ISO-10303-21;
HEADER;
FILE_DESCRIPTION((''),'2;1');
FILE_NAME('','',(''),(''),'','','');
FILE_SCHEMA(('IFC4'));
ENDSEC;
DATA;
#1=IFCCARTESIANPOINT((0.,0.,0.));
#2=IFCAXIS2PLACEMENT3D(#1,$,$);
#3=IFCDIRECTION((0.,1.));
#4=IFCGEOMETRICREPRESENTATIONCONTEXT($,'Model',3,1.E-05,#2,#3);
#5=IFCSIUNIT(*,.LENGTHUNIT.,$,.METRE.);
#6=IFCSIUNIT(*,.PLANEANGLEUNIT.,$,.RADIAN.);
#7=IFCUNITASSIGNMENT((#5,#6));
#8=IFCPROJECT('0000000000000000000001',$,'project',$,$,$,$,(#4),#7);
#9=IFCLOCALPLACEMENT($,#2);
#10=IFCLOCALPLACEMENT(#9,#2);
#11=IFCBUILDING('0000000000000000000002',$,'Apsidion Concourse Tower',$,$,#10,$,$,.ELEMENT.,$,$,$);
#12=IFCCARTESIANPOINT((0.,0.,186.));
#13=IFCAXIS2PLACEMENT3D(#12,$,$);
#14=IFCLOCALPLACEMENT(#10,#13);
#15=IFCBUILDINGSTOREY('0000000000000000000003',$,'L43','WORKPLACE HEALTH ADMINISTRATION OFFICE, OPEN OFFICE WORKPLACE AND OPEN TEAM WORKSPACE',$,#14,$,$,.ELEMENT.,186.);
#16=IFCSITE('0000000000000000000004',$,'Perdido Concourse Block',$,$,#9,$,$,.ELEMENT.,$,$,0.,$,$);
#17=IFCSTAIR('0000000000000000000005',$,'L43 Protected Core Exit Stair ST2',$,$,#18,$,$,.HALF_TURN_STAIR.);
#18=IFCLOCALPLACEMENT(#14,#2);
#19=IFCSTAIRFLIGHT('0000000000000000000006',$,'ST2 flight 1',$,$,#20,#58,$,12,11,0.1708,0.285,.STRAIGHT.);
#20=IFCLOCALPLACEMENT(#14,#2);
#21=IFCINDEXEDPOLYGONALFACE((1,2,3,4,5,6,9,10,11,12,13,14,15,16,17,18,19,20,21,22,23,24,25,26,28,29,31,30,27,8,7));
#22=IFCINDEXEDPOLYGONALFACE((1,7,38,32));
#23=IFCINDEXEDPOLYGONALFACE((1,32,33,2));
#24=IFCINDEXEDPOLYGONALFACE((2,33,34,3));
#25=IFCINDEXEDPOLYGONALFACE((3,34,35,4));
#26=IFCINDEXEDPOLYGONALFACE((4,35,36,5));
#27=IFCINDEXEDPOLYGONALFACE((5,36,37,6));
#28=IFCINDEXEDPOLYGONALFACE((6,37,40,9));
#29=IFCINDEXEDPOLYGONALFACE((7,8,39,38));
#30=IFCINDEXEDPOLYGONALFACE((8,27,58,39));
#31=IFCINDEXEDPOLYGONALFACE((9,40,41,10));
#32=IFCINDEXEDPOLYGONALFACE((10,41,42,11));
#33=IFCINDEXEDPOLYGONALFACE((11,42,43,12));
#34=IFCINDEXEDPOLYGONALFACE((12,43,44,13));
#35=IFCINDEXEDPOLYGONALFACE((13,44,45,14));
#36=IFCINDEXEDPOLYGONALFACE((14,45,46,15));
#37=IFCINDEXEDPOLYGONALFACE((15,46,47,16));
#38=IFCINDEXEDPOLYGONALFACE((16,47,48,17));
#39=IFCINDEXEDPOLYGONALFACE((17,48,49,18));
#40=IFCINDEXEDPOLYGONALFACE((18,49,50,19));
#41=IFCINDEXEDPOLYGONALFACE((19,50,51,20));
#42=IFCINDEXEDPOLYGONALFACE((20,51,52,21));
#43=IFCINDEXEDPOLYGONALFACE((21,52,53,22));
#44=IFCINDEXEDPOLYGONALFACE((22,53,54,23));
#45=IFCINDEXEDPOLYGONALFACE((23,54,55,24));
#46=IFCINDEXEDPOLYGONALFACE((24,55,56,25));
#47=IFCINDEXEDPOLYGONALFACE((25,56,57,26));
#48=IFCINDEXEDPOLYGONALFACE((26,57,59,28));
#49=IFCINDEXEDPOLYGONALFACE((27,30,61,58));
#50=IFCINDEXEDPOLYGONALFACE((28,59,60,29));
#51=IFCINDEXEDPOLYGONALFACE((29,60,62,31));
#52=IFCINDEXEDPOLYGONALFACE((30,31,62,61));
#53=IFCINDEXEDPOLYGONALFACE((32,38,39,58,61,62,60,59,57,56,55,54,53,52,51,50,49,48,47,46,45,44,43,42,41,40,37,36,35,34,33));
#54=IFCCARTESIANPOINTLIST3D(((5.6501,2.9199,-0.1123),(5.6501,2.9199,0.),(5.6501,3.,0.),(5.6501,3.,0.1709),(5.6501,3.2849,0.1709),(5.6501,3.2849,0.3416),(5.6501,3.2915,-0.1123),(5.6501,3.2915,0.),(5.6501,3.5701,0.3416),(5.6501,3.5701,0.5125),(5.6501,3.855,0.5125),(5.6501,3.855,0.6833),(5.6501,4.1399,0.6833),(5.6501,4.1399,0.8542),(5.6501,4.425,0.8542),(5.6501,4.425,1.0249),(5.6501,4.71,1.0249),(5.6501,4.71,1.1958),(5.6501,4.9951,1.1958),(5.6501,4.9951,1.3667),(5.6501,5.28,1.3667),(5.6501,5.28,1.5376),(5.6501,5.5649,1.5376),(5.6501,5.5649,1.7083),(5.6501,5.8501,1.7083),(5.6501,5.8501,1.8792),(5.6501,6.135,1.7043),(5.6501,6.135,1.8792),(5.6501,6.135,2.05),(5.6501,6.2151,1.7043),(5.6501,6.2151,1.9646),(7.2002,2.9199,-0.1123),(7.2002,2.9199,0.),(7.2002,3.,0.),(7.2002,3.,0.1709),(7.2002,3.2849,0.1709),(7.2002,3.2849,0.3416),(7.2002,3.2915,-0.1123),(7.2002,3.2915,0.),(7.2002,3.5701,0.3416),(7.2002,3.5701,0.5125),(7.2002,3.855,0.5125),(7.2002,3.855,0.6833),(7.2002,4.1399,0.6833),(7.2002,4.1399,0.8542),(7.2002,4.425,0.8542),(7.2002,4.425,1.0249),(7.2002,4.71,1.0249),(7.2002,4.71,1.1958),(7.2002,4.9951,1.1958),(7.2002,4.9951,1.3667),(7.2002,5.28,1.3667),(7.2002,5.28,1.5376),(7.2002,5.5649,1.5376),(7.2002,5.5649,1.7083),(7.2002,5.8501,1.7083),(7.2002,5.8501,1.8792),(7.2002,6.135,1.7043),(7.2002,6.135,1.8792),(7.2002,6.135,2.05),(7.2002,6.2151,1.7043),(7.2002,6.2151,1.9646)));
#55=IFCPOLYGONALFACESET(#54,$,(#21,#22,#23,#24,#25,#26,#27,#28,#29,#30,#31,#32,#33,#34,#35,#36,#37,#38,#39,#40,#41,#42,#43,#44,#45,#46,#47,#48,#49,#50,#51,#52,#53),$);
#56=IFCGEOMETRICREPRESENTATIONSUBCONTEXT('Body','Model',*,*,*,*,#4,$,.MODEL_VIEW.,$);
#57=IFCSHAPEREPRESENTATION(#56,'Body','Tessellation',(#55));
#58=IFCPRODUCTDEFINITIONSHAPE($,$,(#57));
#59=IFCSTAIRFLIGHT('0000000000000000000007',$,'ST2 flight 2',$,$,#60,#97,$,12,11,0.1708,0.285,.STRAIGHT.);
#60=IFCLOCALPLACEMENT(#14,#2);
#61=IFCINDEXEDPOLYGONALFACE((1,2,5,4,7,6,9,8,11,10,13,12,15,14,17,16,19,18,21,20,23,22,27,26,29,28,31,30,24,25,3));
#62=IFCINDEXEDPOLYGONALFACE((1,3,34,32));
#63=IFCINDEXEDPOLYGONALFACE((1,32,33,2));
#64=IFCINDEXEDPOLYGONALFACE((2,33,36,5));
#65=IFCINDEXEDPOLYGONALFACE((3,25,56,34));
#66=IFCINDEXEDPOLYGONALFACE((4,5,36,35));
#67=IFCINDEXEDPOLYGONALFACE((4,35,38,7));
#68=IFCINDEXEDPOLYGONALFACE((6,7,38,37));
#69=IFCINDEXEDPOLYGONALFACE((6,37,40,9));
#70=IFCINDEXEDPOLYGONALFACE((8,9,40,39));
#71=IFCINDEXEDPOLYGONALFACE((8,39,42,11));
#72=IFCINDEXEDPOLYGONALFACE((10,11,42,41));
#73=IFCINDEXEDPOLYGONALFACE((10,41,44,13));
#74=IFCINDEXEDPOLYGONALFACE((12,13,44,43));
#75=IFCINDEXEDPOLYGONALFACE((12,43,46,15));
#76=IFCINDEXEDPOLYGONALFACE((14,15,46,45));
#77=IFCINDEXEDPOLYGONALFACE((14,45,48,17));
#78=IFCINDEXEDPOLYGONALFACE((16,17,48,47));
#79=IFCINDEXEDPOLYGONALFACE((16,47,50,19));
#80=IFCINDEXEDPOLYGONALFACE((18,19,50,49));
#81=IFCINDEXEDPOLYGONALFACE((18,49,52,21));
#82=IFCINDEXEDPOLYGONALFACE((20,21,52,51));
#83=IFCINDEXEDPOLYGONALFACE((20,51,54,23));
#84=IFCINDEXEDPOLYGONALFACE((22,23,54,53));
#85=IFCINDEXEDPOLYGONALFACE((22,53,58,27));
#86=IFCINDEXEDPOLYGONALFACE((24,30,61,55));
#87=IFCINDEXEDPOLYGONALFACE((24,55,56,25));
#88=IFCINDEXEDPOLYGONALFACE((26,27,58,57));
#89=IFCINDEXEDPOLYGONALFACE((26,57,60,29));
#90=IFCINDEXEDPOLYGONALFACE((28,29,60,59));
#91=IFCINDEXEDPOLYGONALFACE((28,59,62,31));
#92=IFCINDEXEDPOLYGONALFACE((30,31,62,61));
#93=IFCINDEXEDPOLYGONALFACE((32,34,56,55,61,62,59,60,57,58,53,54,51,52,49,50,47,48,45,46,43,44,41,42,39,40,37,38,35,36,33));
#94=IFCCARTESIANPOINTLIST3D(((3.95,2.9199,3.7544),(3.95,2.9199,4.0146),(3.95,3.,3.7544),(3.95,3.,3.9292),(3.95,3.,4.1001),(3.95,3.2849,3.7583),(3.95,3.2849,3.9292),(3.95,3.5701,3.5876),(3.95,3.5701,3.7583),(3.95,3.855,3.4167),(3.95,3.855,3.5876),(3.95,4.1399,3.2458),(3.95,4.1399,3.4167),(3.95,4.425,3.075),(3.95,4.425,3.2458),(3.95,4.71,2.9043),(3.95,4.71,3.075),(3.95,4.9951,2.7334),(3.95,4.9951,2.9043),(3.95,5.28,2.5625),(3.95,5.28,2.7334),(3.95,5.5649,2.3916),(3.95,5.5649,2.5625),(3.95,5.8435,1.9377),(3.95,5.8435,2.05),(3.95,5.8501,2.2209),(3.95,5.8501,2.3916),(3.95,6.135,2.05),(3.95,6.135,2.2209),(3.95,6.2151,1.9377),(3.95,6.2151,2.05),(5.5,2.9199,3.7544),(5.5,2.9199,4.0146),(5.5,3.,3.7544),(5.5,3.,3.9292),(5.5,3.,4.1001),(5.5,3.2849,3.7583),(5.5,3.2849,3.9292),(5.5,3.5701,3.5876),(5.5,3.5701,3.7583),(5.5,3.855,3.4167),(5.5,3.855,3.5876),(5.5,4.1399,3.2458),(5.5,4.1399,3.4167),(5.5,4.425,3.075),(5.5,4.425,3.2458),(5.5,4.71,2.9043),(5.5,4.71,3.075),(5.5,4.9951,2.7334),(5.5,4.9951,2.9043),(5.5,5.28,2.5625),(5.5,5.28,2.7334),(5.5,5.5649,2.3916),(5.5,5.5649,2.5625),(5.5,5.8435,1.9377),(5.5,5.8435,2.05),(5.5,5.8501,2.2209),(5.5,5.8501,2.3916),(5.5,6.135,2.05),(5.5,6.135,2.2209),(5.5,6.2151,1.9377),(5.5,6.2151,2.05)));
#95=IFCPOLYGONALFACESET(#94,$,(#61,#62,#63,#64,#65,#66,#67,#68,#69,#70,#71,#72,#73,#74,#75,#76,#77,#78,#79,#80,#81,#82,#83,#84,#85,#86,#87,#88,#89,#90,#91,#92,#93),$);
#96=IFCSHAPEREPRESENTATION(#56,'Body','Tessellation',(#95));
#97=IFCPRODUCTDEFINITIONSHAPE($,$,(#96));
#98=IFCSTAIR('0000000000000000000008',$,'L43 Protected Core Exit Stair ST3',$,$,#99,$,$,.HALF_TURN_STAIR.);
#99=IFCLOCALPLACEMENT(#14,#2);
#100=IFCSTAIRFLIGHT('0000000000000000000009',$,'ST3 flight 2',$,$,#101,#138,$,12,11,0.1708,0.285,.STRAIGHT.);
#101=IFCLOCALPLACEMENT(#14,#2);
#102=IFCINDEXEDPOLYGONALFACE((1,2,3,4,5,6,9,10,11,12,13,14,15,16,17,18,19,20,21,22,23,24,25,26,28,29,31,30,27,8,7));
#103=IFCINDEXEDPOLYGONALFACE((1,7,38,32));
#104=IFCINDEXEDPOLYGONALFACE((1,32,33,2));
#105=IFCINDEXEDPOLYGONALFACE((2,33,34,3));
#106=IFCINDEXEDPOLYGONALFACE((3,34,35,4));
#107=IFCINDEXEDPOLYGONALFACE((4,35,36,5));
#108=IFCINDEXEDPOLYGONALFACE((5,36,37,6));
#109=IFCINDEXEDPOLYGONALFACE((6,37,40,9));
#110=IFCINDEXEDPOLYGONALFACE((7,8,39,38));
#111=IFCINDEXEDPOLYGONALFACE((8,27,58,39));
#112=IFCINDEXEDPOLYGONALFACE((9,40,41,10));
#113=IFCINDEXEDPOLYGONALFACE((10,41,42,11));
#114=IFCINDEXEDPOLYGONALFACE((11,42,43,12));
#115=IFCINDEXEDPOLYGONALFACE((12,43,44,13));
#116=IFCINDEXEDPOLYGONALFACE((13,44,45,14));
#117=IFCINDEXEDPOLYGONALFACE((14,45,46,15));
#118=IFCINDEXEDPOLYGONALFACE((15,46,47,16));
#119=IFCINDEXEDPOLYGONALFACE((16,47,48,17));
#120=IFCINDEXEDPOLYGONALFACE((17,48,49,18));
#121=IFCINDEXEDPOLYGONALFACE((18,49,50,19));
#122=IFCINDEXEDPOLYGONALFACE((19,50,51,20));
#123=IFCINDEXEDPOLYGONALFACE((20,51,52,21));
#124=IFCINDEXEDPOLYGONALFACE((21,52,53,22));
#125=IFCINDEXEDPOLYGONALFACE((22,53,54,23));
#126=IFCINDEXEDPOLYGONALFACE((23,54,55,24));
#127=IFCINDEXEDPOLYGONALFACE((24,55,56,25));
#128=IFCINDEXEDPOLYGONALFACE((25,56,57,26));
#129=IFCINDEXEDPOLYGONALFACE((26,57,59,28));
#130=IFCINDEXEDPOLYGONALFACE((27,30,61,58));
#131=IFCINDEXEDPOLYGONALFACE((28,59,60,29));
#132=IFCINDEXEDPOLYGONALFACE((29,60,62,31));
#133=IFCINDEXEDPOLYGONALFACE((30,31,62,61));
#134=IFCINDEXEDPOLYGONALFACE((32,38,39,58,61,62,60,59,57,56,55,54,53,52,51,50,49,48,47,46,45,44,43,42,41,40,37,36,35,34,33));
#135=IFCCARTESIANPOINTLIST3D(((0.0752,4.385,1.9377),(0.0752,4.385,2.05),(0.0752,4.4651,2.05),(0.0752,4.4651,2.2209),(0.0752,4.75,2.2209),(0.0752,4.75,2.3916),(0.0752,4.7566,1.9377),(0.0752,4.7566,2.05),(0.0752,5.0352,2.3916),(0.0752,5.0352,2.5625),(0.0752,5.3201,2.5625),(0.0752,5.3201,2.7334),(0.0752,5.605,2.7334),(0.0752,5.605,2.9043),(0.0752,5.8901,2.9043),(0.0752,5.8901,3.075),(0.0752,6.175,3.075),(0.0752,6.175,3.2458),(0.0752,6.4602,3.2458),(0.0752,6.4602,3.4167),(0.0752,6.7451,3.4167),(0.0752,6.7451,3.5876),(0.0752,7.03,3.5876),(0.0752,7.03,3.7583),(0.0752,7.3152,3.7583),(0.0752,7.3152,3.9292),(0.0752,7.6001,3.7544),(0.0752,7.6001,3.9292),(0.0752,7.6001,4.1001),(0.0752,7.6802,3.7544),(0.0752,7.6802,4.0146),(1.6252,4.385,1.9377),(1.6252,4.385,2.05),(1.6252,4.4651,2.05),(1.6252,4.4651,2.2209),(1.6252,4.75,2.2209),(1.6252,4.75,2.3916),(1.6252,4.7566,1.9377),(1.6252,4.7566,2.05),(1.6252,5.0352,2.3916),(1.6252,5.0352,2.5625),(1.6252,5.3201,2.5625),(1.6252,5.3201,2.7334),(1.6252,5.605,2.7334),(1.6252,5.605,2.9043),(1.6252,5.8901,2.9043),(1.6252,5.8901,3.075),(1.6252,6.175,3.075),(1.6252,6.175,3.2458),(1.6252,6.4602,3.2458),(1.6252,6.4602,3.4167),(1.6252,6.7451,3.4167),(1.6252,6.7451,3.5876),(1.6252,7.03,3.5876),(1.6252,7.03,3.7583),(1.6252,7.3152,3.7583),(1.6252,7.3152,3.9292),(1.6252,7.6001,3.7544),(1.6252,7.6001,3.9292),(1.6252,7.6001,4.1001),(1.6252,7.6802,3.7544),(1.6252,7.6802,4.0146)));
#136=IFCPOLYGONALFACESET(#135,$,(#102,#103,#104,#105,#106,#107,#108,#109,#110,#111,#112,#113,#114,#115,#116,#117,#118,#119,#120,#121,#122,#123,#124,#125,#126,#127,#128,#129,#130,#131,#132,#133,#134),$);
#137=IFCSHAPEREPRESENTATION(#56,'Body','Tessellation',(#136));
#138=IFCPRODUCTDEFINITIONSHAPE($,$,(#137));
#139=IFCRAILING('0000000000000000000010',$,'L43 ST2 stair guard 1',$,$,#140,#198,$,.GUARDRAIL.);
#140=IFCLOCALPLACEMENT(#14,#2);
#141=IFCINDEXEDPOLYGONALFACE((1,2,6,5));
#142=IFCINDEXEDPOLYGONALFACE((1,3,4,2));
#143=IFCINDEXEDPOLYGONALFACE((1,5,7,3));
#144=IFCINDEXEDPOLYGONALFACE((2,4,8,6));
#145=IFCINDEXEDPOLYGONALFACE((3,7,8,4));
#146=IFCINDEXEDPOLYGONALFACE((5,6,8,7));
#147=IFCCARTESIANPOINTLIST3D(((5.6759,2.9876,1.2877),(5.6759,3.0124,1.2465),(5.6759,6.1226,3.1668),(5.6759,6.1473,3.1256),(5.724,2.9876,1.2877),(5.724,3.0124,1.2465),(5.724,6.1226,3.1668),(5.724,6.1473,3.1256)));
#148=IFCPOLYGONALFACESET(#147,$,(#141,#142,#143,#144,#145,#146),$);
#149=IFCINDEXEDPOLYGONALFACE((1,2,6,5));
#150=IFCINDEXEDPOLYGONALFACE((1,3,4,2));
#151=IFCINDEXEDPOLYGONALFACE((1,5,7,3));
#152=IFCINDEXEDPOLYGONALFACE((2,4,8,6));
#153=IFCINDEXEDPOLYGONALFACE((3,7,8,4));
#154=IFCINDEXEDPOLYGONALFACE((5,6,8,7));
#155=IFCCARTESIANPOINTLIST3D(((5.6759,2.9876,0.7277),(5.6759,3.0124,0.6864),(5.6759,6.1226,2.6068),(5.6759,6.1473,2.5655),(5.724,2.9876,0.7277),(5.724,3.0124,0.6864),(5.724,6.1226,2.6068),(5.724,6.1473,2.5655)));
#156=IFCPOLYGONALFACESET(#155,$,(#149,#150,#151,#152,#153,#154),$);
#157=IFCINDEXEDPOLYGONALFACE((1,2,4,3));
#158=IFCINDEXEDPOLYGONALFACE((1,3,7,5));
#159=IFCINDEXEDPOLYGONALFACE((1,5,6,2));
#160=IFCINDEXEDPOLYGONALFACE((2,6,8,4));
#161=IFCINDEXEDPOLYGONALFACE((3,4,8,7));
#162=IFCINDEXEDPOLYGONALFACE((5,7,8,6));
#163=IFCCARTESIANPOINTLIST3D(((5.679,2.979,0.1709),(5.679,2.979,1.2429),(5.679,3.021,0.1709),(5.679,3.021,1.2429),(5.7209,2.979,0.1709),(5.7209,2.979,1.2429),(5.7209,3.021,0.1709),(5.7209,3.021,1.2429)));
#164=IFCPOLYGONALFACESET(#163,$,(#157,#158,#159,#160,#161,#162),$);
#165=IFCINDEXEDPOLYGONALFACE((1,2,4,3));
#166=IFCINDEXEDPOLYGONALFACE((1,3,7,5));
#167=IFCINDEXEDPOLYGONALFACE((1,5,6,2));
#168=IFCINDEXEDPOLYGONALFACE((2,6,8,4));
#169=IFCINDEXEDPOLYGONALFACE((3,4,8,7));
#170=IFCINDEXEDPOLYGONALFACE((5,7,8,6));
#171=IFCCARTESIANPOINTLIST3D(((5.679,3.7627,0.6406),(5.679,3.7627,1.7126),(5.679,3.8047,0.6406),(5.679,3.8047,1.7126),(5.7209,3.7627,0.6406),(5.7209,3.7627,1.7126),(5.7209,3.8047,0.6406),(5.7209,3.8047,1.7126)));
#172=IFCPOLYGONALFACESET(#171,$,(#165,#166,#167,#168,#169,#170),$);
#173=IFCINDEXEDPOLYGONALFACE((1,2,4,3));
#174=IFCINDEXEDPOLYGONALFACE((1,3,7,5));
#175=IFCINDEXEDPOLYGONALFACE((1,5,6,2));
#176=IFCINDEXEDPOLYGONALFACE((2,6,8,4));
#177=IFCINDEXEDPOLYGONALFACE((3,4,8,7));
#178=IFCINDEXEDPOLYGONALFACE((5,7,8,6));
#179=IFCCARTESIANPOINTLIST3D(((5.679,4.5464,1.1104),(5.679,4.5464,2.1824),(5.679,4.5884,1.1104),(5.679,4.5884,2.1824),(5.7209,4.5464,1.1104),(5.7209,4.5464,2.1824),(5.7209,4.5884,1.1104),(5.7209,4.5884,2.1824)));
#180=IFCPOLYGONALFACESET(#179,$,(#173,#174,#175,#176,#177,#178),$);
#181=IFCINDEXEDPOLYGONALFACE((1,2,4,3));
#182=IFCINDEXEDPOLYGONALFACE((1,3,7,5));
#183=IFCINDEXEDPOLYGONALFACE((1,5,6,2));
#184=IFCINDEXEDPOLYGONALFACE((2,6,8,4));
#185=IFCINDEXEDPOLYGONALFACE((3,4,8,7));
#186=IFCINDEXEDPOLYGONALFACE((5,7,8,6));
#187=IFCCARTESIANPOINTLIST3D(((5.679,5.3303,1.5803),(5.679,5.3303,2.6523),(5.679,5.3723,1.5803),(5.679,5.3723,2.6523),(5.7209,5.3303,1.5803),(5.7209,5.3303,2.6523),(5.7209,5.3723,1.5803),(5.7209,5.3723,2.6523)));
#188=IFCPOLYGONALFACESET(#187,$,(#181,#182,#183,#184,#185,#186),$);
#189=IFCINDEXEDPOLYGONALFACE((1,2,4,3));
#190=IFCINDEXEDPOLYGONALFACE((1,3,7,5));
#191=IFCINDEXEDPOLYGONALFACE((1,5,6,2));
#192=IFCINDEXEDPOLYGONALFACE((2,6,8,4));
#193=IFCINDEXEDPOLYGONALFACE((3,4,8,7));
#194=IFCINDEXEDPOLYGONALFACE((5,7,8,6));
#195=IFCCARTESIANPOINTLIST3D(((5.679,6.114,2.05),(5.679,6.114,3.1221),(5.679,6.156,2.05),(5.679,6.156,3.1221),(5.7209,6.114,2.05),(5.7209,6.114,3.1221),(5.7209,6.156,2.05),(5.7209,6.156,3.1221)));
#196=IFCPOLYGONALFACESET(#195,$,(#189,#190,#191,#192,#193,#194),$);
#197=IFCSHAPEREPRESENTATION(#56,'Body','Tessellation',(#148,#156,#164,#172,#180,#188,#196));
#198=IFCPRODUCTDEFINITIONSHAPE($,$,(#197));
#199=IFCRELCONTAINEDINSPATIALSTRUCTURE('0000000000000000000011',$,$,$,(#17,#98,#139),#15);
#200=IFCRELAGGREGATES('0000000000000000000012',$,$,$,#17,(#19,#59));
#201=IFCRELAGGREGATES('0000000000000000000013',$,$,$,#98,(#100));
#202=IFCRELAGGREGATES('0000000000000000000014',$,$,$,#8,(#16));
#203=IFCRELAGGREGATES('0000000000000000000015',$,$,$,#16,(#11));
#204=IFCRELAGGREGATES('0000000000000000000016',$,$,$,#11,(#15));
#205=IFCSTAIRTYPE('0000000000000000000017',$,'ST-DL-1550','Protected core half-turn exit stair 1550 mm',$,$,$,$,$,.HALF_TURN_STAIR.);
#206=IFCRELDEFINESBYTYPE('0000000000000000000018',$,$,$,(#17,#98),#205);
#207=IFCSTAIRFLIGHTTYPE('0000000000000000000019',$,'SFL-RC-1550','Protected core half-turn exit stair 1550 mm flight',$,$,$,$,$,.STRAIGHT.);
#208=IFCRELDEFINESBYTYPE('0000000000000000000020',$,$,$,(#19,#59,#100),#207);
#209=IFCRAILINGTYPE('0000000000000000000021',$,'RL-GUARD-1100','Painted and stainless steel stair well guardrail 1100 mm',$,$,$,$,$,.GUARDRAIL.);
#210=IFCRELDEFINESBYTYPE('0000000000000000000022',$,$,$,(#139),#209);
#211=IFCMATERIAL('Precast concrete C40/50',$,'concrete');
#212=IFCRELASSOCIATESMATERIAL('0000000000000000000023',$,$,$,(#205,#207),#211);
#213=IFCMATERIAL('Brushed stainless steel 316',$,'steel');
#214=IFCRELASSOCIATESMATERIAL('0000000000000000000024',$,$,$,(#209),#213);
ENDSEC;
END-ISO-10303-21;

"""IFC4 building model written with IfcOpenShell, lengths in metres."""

from ifc_helpers import new_model, si_unit, direction, frame, origin, origin_2d, place, context, subcontext, project, spatial, polyline, rectangle, outline, extrude, material, type_object, element, aggregate, save


model = new_model("IFC4")

# Units and contexts
model_context = context("Model", 3, precision=1e-05, world=origin(), true_north=direction((0.0, 1.0)))
body_context = subcontext(model_context, "Body", "Model", "MODEL_VIEW")
ifc_project = project(units=[si_unit("LENGTHUNIT", "METRE"), si_unit("PLANEANGLEUNIT", "RADIAN")], contexts=[model_context])

# Site, building, storey
site_placement = place(None, origin())
site = spatial("IfcSite", under=ifc_project, at=site_placement, Name="Perdido Concourse Block", CompositionType="ELEMENT", RefElevation=0.0)
building_placement = place(site_placement, origin())
building = spatial("IfcBuilding", under=site, at=building_placement, Name="Apsidion Concourse Tower", CompositionType="ELEMENT")
storey_placement = place(building_placement, frame((0.0, 0.0, 186.0)))
storey = spatial("IfcBuildingStorey", under=building, at=storey_placement, Name="L43", Description="WORKPLACE HEALTH ADMINISTRATION OFFICE, OPEN OFFICE WORKPLACE AND OPEN TEAM WORKSPACE", CompositionType="ELEMENT", Elevation=186.0)

# Stair, stair flights
ifc_material_1 = material(Name="Precast concrete C40/50", Category="concrete")
stair_type = type_object("IfcStairType", Name="ST-DL-1550", Description="Protected core half-turn exit stair 1550 mm", PredefinedType="HALF_TURN_STAIR", material=ifc_material_1)
stair_1_placement = place(storey_placement, origin())
stair_1 = element("IfcStair", 1, at=stair_1_placement, inside=storey, type_object=stair_type, Name="L43 Protected Core Exit Stair ST2", PredefinedType="HALF_TURN_STAIR")
stair_flight_type = type_object("IfcStairFlightType", Name="SFL-RC-1550", Description="Protected core half-turn exit stair 1550 mm flight", PredefinedType="STRAIGHT", material=ifc_material_1)
stair_flight_1_placement = place(storey_placement, frame((6.425, 3.0, 0.0), z_axis=(0.0, 0.0, 1.0), x_axis=(0.0, 1.0, 0.0)))
stair_flight_1 = element("IfcStairFlight", 2, at=stair_flight_1_placement, type_object=stair_flight_type, Name="ST2 flight 1", NumberOfRisers=12, NumberOfTreads=11, PredefinedType="STRAIGHT", RiserHeight=0.1708, TreadLength=0.285, context=body_context, shape_type="SweptSolid", body=[
    extrude(outline(polyline([(-0.0801, -0.1123), (-0.0801, 0.0), (0.0, 0.0), (0.0, 0.1709), (0.2849, 0.1709), (0.2849, 0.3416), (0.5701, 0.3416), (0.5701, 0.5125), (0.855, 0.5125), (0.855, 0.6833), (1.1399, 0.6833), (1.1399, 0.8542), (1.425, 0.8542), (1.425, 1.0249), (1.71, 1.0249), (1.71, 1.1958), (1.9951, 1.1958), (1.9951, 1.3667), (2.28, 1.3667), (2.28, 1.5376), (2.5649, 1.5376), (2.5649, 1.7083), (2.8501, 1.7083), (2.8501, 1.8792), (3.135, 1.8792), (3.135, 2.05), (3.2151, 1.9646), (3.2151, 1.7043), (3.135, 1.7043), (0.2915, 0.0), (0.2915, -0.1123), (-0.0801, -0.1123)])), frame((0.0, 0.7749, 0.0), z_axis=(0.0, -1.0, 0.0), x_axis=(1.0, 0.0, 0.0)), (0.0, 0.0, 1.0), 1.55),
])
stair_flight_2_placement = place(storey_placement, frame((4.7251, 6.135, 2.05), z_axis=(0.0, 0.0, 1.0), x_axis=(0.0, -1.0, 0.0)))
stair_flight_2 = element("IfcStairFlight", 3, at=stair_flight_2_placement, type_object=stair_flight_type, Name="ST2 flight 2", NumberOfRisers=12, NumberOfTreads=11, PredefinedType="STRAIGHT", RiserHeight=0.1708, TreadLength=0.285, context=body_context, shape_type="SweptSolid", body=[
    extrude(outline(polyline([(-0.0801, -0.1123), (-0.0801, 0.0), (0.0, 0.0), (0.0, 0.1709), (0.2849, 0.1709), (0.2849, 0.3416), (0.5701, 0.3416), (0.5701, 0.5125), (0.855, 0.5125), (0.855, 0.6833), (1.1399, 0.6833), (1.1399, 0.8542), (1.425, 0.8542), (1.425, 1.0249), (1.71, 1.0249), (1.71, 1.1958), (1.9951, 1.1958), (1.9951, 1.3667), (2.28, 1.3667), (2.28, 1.5376), (2.5649, 1.5376), (2.5649, 1.7083), (2.8501, 1.7083), (2.8501, 1.8792), (3.135, 1.8792), (3.135, 2.05), (3.2151, 1.9646), (3.2151, 1.7043), (3.135, 1.7043), (0.2915, 0.0), (0.2915, -0.1123), (-0.0801, -0.1123)])), frame((0.0, 0.7749, 0.0), z_axis=(0.0, -1.0, 0.0), x_axis=(1.0, 0.0, 0.0)), (0.0, 0.0, 1.0), 1.55),
])
aggregate(stair_1, [stair_flight_1, stair_flight_2])

# Stair, stair flight
stair_2_placement = place(storey_placement, origin())
stair_2 = element("IfcStair", 4, at=stair_2_placement, inside=storey, type_object=stair_type, Name="L43 Protected Core Exit Stair ST3", PredefinedType="HALF_TURN_STAIR")
stair_flight_3_placement = place(storey_placement, frame((0.8501, 4.4651, 2.05), z_axis=(0.0, 0.0, 1.0), x_axis=(0.0, 1.0, 0.0)))
stair_flight_3 = element("IfcStairFlight", 5, at=stair_flight_3_placement, type_object=stair_flight_type, Name="ST3 flight 2", NumberOfRisers=12, NumberOfTreads=11, PredefinedType="STRAIGHT", RiserHeight=0.1708, TreadLength=0.285, context=body_context, shape_type="SweptSolid", body=[
    extrude(outline(polyline([(-0.0801, -0.1123), (-0.0801, 0.0), (0.0, 0.0), (0.0, 0.1709), (0.2849, 0.1709), (0.2849, 0.3416), (0.5701, 0.3416), (0.5701, 0.5125), (0.855, 0.5125), (0.855, 0.6833), (1.1399, 0.6833), (1.1399, 0.8542), (1.425, 0.8542), (1.425, 1.0249), (1.71, 1.0249), (1.71, 1.1958), (1.9951, 1.1958), (1.9951, 1.3667), (2.28, 1.3667), (2.28, 1.5376), (2.5649, 1.5376), (2.5649, 1.7083), (2.8501, 1.7083), (2.8501, 1.8792), (3.135, 1.8792), (3.135, 2.05), (3.2151, 1.9646), (3.2151, 1.7043), (3.135, 1.7043), (0.2915, 0.0), (0.2915, -0.1123), (-0.0801, -0.1123)])), frame((0.0, 0.7749, 0.0), z_axis=(0.0, -1.0, 0.0), x_axis=(1.0, 0.0, 0.0)), (0.0, 0.0, 1.0), 1.55),
])
aggregate(stair_2, [stair_flight_3])

# Railing
ifc_material_2 = material(Name="Brushed stainless steel 316", Category="steel")
railing_type_1 = type_object("IfcRailingType", Name="RL-GUARD-1100", Description="Painted and stainless steel stair well guardrail 1100 mm", PredefinedType="GUARDRAIL", material=ifc_material_2)
railing_1_placement = place(storey_placement, frame((5.7, 3.0, 0.1709)))
element("IfcRailing", 6, at=railing_1_placement, inside=storey, type_object=railing_type_1, Name="L43 ST2 stair guard 1", PredefinedType="GUARDRAIL", context=body_context, shape_type="SweptSolid", body=[
    extrude(rectangle(XDim=0.0481, YDim=0.0481, at=origin_2d()), frame((0.0, 0.0, 1.0962), z_axis=(0.0, 0.857717, 0.514122), x_axis=(-1.0, 0.0, 0.0)), (0.0, 0.0, 1.0), 3.655),
    extrude(rectangle(XDim=0.0481, YDim=0.0481, at=origin_2d()), frame((0.0, 0.0, 0.5361), z_axis=(0.0, 0.857717, 0.514122), x_axis=(-1.0, 0.0, 0.0)), (0.0, 0.0, 1.0), 3.655),
    extrude(rectangle(XDim=0.042, YDim=0.042, at=origin_2d()), origin(), (0.0, 0.0, 1.0), 1.072),
    extrude(rectangle(XDim=0.042, YDim=0.042, at=origin_2d()), frame((0.0, 0.7837, 0.4697)), (0.0, 0.0, 1.0), 1.072),
    extrude(rectangle(XDim=0.042, YDim=0.042, at=origin_2d()), frame((0.0, 1.5674, 0.9395)), (0.0, 0.0, 1.0), 1.072),
    extrude(rectangle(XDim=0.042, YDim=0.042, at=origin_2d()), frame((0.0, 2.3513, 1.4094)), (0.0, 0.0, 1.0), 1.072),
    extrude(rectangle(XDim=0.042, YDim=0.042, at=origin_2d()), frame((0.0, 3.135, 1.8792)), (0.0, 0.0, 1.0), 1.072),
])

save(model, "model.ifc")
